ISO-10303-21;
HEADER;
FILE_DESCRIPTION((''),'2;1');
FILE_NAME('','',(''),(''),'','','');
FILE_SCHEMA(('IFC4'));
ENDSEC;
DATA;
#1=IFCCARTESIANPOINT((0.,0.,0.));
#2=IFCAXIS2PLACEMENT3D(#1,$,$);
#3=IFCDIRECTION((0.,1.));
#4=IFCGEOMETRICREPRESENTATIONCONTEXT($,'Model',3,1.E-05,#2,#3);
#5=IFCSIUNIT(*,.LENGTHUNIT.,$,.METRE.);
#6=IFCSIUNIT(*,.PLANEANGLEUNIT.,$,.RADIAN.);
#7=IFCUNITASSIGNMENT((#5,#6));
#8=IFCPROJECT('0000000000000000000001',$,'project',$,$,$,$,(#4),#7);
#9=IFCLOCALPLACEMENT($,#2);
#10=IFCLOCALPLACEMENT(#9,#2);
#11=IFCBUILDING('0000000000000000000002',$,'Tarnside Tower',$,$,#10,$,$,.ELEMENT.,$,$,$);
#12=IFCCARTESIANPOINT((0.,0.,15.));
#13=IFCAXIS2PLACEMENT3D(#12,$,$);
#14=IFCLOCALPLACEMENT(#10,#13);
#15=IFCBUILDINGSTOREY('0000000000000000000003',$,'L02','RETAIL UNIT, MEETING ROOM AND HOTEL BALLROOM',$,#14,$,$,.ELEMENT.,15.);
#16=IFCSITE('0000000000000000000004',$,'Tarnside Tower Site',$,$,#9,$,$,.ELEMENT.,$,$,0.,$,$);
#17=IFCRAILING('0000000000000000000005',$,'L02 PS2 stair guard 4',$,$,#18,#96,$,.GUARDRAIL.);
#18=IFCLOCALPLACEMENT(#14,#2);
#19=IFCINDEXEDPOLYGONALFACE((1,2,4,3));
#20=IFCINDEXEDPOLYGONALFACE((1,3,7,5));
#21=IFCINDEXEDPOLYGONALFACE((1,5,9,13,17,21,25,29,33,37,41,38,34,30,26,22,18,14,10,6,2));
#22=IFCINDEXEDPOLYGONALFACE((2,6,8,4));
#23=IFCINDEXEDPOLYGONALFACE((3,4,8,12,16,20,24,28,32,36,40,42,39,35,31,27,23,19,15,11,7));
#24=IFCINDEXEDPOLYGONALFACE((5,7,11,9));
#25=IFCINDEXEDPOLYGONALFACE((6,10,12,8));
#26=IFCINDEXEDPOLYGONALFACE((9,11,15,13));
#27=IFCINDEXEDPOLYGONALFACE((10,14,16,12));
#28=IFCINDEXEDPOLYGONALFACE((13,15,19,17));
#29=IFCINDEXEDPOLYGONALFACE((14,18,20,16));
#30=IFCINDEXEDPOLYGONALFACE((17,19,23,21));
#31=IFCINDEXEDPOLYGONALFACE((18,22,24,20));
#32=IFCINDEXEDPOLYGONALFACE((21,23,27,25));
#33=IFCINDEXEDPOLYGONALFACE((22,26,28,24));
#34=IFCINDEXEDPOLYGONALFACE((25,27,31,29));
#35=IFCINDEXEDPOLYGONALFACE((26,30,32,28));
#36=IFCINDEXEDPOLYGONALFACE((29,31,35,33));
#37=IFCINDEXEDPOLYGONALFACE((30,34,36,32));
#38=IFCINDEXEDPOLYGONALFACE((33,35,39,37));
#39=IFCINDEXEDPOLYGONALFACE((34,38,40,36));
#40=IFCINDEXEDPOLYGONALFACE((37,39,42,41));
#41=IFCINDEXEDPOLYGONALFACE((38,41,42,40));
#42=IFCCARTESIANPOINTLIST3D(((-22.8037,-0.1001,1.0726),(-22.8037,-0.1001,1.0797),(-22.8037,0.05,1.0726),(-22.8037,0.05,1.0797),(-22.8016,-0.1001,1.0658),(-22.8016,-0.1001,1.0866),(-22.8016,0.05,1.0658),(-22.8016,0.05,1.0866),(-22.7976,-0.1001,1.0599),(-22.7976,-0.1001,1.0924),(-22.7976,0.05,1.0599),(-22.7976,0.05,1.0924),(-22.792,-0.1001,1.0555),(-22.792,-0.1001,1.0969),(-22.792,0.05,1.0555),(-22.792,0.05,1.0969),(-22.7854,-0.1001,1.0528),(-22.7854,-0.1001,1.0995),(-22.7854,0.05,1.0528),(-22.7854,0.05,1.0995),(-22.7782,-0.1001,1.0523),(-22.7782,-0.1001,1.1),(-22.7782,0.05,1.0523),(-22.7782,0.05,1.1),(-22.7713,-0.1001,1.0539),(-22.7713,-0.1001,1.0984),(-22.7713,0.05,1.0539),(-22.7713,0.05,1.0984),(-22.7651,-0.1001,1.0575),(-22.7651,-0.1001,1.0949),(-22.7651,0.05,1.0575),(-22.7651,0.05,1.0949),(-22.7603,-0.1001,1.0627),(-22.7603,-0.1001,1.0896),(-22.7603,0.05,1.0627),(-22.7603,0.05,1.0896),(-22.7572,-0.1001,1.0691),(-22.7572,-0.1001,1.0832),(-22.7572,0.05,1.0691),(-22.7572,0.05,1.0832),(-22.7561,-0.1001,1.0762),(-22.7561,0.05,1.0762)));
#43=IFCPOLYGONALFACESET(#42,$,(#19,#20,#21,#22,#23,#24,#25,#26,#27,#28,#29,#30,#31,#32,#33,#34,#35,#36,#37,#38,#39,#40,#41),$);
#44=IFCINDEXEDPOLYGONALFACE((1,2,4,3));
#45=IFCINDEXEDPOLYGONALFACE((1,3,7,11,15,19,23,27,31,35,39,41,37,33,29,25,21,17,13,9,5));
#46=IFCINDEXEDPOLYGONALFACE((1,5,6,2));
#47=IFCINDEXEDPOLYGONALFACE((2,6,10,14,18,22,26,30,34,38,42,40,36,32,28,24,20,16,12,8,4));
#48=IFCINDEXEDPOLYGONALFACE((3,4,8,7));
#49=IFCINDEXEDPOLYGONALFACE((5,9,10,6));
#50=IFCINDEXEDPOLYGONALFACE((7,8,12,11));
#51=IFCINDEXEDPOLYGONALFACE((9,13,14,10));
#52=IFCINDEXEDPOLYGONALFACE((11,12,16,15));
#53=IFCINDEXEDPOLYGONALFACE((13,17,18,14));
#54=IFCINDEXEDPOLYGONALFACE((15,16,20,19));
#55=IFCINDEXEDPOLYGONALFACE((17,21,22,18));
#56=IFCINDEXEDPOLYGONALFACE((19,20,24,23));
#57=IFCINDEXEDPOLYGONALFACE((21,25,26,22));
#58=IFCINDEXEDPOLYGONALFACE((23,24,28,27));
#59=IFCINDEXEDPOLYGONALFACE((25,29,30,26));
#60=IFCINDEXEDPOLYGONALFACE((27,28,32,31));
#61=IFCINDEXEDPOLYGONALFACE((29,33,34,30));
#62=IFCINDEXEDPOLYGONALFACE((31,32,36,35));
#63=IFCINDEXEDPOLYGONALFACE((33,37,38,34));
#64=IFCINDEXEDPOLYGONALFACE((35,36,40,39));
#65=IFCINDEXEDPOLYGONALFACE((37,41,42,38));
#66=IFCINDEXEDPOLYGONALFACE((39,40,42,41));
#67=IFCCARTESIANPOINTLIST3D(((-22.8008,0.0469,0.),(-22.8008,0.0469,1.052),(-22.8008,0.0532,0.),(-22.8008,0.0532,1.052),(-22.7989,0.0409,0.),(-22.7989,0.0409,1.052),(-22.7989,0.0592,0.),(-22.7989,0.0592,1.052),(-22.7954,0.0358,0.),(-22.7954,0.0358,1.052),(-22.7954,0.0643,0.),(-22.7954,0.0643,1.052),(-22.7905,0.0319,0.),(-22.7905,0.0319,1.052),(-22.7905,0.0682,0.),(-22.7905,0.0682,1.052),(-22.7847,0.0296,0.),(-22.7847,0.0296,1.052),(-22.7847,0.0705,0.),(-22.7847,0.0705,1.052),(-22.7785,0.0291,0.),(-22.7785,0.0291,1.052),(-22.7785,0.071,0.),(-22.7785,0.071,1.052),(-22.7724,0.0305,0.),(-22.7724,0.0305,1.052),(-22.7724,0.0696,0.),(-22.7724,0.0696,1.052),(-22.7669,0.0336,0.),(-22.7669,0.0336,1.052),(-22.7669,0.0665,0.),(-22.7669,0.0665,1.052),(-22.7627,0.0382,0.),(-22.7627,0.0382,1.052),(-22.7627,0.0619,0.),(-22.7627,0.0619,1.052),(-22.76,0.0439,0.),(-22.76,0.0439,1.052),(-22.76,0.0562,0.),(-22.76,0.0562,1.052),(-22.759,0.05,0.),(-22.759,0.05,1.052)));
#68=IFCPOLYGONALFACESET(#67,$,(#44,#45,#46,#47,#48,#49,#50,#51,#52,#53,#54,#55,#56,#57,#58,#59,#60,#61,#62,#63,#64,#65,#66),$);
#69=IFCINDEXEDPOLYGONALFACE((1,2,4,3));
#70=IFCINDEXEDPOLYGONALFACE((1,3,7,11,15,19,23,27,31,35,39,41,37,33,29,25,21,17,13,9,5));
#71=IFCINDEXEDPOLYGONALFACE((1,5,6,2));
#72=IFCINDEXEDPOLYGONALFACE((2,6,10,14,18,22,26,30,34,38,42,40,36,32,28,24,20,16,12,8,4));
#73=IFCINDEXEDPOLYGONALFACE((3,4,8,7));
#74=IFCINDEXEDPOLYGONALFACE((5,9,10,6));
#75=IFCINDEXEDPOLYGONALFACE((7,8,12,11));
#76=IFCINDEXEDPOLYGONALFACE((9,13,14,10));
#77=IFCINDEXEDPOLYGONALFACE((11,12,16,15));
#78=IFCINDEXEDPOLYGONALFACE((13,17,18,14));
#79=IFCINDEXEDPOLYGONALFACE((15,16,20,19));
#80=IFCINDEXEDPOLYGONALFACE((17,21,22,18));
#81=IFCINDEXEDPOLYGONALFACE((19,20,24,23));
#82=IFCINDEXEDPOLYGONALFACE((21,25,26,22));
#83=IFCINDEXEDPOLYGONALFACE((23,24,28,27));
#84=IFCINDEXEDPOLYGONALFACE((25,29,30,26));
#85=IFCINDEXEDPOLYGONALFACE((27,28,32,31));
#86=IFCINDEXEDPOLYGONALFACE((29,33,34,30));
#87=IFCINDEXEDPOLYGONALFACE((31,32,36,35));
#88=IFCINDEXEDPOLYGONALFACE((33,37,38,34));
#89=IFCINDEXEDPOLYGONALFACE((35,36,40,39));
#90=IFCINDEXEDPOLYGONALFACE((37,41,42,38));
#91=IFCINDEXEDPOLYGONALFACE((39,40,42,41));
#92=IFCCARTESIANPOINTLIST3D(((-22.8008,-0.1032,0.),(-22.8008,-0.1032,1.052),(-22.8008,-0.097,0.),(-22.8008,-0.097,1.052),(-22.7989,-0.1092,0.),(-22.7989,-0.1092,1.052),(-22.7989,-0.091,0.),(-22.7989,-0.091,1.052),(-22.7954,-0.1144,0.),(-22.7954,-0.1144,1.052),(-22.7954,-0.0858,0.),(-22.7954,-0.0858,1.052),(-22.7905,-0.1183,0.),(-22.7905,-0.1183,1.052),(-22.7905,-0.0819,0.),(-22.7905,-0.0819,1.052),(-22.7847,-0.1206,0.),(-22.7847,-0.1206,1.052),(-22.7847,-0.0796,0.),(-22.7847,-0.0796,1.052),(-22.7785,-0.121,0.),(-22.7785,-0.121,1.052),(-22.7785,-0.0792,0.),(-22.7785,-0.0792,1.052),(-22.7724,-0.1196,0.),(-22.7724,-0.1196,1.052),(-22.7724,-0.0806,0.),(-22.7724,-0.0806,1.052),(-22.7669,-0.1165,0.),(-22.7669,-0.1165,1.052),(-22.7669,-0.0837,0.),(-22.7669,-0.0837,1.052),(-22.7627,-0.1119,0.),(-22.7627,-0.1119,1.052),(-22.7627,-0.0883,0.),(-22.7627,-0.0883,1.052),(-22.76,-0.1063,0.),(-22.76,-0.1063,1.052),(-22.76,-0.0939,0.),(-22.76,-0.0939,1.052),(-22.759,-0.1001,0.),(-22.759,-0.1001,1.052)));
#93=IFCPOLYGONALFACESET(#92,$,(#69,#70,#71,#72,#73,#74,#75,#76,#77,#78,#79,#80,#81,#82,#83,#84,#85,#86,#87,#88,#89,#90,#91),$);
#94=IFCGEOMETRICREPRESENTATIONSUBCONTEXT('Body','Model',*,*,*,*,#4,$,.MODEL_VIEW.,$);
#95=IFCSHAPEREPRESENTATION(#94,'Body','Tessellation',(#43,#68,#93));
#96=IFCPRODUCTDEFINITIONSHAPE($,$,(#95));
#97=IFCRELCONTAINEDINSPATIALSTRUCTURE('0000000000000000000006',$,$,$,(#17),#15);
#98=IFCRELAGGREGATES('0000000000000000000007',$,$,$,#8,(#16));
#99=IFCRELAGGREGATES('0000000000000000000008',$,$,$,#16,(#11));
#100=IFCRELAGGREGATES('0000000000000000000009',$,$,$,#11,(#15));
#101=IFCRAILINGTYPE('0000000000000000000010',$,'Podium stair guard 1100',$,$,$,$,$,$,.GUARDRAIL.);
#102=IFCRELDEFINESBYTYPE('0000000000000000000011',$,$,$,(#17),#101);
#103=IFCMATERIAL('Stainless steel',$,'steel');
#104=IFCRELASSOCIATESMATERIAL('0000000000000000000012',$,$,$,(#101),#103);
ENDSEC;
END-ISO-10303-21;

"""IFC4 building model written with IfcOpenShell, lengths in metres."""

from ifc_helpers import new_model, si_unit, direction, frame, origin, origin_2d, place, context, subcontext, project, spatial, circle, extrude, material, type_object, element, save


model = new_model("IFC4")

# Units and contexts
model_context = context("Model", 3, precision=1e-05, world=origin(), true_north=direction((0.0, 1.0)))
body_context = subcontext(model_context, "Body", "Model", "MODEL_VIEW")
ifc_project = project(units=[si_unit("LENGTHUNIT", "METRE"), si_unit("PLANEANGLEUNIT", "RADIAN")], contexts=[model_context])

# Site, building, storey
site_placement = place(None, origin())
site = spatial("IfcSite", under=ifc_project, at=site_placement, Name="Tarnside Tower Site", CompositionType="ELEMENT", RefElevation=0.0)
building_placement = place(site_placement, origin())
building = spatial("IfcBuilding", under=site, at=building_placement, Name="Tarnside Tower", CompositionType="ELEMENT")
storey_placement = place(building_placement, frame((0.0, 0.0, 15.0)))
storey = spatial("IfcBuildingStorey", under=building, at=storey_placement, Name="L02", Description="RETAIL UNIT, MEETING ROOM AND HOTEL BALLROOM", CompositionType="ELEMENT", Elevation=15.0)

# Railing
ifc_material_1 = material(Name="Stainless steel", Category="steel")
railing_type_1 = type_object("IfcRailingType", Name="Podium stair guard 1100", PredefinedType="GUARDRAIL", material=ifc_material_1)
railing_1_placement = place(storey_placement, frame((-22.78, 0.05, 0.0)))
element("IfcRailing", 1, at=railing_1_placement, inside=storey, type_object=railing_type_1, Name="L02 PS2 stair guard 4", PredefinedType="GUARDRAIL", context=body_context, shape_type="SweptSolid", body=[
    extrude(circle(Radius=0.0239, at=origin_2d()), frame((0.0, 0.0, 1.0762), z_axis=(0.0, -1.0, 0.0), x_axis=(1.0, 0.0, 0.0)), (0.0, 0.0, 1.0), 0.1501),
    extrude(circle(Radius=0.021, at=origin_2d()), origin(), (0.0, 0.0, 1.0), 1.052),
    extrude(circle(Radius=0.021, at=origin_2d()), frame((0.0, -0.1501, 0.0)), (0.0, 0.0, 1.0), 1.052),
])

save(model, "model.ifc")
